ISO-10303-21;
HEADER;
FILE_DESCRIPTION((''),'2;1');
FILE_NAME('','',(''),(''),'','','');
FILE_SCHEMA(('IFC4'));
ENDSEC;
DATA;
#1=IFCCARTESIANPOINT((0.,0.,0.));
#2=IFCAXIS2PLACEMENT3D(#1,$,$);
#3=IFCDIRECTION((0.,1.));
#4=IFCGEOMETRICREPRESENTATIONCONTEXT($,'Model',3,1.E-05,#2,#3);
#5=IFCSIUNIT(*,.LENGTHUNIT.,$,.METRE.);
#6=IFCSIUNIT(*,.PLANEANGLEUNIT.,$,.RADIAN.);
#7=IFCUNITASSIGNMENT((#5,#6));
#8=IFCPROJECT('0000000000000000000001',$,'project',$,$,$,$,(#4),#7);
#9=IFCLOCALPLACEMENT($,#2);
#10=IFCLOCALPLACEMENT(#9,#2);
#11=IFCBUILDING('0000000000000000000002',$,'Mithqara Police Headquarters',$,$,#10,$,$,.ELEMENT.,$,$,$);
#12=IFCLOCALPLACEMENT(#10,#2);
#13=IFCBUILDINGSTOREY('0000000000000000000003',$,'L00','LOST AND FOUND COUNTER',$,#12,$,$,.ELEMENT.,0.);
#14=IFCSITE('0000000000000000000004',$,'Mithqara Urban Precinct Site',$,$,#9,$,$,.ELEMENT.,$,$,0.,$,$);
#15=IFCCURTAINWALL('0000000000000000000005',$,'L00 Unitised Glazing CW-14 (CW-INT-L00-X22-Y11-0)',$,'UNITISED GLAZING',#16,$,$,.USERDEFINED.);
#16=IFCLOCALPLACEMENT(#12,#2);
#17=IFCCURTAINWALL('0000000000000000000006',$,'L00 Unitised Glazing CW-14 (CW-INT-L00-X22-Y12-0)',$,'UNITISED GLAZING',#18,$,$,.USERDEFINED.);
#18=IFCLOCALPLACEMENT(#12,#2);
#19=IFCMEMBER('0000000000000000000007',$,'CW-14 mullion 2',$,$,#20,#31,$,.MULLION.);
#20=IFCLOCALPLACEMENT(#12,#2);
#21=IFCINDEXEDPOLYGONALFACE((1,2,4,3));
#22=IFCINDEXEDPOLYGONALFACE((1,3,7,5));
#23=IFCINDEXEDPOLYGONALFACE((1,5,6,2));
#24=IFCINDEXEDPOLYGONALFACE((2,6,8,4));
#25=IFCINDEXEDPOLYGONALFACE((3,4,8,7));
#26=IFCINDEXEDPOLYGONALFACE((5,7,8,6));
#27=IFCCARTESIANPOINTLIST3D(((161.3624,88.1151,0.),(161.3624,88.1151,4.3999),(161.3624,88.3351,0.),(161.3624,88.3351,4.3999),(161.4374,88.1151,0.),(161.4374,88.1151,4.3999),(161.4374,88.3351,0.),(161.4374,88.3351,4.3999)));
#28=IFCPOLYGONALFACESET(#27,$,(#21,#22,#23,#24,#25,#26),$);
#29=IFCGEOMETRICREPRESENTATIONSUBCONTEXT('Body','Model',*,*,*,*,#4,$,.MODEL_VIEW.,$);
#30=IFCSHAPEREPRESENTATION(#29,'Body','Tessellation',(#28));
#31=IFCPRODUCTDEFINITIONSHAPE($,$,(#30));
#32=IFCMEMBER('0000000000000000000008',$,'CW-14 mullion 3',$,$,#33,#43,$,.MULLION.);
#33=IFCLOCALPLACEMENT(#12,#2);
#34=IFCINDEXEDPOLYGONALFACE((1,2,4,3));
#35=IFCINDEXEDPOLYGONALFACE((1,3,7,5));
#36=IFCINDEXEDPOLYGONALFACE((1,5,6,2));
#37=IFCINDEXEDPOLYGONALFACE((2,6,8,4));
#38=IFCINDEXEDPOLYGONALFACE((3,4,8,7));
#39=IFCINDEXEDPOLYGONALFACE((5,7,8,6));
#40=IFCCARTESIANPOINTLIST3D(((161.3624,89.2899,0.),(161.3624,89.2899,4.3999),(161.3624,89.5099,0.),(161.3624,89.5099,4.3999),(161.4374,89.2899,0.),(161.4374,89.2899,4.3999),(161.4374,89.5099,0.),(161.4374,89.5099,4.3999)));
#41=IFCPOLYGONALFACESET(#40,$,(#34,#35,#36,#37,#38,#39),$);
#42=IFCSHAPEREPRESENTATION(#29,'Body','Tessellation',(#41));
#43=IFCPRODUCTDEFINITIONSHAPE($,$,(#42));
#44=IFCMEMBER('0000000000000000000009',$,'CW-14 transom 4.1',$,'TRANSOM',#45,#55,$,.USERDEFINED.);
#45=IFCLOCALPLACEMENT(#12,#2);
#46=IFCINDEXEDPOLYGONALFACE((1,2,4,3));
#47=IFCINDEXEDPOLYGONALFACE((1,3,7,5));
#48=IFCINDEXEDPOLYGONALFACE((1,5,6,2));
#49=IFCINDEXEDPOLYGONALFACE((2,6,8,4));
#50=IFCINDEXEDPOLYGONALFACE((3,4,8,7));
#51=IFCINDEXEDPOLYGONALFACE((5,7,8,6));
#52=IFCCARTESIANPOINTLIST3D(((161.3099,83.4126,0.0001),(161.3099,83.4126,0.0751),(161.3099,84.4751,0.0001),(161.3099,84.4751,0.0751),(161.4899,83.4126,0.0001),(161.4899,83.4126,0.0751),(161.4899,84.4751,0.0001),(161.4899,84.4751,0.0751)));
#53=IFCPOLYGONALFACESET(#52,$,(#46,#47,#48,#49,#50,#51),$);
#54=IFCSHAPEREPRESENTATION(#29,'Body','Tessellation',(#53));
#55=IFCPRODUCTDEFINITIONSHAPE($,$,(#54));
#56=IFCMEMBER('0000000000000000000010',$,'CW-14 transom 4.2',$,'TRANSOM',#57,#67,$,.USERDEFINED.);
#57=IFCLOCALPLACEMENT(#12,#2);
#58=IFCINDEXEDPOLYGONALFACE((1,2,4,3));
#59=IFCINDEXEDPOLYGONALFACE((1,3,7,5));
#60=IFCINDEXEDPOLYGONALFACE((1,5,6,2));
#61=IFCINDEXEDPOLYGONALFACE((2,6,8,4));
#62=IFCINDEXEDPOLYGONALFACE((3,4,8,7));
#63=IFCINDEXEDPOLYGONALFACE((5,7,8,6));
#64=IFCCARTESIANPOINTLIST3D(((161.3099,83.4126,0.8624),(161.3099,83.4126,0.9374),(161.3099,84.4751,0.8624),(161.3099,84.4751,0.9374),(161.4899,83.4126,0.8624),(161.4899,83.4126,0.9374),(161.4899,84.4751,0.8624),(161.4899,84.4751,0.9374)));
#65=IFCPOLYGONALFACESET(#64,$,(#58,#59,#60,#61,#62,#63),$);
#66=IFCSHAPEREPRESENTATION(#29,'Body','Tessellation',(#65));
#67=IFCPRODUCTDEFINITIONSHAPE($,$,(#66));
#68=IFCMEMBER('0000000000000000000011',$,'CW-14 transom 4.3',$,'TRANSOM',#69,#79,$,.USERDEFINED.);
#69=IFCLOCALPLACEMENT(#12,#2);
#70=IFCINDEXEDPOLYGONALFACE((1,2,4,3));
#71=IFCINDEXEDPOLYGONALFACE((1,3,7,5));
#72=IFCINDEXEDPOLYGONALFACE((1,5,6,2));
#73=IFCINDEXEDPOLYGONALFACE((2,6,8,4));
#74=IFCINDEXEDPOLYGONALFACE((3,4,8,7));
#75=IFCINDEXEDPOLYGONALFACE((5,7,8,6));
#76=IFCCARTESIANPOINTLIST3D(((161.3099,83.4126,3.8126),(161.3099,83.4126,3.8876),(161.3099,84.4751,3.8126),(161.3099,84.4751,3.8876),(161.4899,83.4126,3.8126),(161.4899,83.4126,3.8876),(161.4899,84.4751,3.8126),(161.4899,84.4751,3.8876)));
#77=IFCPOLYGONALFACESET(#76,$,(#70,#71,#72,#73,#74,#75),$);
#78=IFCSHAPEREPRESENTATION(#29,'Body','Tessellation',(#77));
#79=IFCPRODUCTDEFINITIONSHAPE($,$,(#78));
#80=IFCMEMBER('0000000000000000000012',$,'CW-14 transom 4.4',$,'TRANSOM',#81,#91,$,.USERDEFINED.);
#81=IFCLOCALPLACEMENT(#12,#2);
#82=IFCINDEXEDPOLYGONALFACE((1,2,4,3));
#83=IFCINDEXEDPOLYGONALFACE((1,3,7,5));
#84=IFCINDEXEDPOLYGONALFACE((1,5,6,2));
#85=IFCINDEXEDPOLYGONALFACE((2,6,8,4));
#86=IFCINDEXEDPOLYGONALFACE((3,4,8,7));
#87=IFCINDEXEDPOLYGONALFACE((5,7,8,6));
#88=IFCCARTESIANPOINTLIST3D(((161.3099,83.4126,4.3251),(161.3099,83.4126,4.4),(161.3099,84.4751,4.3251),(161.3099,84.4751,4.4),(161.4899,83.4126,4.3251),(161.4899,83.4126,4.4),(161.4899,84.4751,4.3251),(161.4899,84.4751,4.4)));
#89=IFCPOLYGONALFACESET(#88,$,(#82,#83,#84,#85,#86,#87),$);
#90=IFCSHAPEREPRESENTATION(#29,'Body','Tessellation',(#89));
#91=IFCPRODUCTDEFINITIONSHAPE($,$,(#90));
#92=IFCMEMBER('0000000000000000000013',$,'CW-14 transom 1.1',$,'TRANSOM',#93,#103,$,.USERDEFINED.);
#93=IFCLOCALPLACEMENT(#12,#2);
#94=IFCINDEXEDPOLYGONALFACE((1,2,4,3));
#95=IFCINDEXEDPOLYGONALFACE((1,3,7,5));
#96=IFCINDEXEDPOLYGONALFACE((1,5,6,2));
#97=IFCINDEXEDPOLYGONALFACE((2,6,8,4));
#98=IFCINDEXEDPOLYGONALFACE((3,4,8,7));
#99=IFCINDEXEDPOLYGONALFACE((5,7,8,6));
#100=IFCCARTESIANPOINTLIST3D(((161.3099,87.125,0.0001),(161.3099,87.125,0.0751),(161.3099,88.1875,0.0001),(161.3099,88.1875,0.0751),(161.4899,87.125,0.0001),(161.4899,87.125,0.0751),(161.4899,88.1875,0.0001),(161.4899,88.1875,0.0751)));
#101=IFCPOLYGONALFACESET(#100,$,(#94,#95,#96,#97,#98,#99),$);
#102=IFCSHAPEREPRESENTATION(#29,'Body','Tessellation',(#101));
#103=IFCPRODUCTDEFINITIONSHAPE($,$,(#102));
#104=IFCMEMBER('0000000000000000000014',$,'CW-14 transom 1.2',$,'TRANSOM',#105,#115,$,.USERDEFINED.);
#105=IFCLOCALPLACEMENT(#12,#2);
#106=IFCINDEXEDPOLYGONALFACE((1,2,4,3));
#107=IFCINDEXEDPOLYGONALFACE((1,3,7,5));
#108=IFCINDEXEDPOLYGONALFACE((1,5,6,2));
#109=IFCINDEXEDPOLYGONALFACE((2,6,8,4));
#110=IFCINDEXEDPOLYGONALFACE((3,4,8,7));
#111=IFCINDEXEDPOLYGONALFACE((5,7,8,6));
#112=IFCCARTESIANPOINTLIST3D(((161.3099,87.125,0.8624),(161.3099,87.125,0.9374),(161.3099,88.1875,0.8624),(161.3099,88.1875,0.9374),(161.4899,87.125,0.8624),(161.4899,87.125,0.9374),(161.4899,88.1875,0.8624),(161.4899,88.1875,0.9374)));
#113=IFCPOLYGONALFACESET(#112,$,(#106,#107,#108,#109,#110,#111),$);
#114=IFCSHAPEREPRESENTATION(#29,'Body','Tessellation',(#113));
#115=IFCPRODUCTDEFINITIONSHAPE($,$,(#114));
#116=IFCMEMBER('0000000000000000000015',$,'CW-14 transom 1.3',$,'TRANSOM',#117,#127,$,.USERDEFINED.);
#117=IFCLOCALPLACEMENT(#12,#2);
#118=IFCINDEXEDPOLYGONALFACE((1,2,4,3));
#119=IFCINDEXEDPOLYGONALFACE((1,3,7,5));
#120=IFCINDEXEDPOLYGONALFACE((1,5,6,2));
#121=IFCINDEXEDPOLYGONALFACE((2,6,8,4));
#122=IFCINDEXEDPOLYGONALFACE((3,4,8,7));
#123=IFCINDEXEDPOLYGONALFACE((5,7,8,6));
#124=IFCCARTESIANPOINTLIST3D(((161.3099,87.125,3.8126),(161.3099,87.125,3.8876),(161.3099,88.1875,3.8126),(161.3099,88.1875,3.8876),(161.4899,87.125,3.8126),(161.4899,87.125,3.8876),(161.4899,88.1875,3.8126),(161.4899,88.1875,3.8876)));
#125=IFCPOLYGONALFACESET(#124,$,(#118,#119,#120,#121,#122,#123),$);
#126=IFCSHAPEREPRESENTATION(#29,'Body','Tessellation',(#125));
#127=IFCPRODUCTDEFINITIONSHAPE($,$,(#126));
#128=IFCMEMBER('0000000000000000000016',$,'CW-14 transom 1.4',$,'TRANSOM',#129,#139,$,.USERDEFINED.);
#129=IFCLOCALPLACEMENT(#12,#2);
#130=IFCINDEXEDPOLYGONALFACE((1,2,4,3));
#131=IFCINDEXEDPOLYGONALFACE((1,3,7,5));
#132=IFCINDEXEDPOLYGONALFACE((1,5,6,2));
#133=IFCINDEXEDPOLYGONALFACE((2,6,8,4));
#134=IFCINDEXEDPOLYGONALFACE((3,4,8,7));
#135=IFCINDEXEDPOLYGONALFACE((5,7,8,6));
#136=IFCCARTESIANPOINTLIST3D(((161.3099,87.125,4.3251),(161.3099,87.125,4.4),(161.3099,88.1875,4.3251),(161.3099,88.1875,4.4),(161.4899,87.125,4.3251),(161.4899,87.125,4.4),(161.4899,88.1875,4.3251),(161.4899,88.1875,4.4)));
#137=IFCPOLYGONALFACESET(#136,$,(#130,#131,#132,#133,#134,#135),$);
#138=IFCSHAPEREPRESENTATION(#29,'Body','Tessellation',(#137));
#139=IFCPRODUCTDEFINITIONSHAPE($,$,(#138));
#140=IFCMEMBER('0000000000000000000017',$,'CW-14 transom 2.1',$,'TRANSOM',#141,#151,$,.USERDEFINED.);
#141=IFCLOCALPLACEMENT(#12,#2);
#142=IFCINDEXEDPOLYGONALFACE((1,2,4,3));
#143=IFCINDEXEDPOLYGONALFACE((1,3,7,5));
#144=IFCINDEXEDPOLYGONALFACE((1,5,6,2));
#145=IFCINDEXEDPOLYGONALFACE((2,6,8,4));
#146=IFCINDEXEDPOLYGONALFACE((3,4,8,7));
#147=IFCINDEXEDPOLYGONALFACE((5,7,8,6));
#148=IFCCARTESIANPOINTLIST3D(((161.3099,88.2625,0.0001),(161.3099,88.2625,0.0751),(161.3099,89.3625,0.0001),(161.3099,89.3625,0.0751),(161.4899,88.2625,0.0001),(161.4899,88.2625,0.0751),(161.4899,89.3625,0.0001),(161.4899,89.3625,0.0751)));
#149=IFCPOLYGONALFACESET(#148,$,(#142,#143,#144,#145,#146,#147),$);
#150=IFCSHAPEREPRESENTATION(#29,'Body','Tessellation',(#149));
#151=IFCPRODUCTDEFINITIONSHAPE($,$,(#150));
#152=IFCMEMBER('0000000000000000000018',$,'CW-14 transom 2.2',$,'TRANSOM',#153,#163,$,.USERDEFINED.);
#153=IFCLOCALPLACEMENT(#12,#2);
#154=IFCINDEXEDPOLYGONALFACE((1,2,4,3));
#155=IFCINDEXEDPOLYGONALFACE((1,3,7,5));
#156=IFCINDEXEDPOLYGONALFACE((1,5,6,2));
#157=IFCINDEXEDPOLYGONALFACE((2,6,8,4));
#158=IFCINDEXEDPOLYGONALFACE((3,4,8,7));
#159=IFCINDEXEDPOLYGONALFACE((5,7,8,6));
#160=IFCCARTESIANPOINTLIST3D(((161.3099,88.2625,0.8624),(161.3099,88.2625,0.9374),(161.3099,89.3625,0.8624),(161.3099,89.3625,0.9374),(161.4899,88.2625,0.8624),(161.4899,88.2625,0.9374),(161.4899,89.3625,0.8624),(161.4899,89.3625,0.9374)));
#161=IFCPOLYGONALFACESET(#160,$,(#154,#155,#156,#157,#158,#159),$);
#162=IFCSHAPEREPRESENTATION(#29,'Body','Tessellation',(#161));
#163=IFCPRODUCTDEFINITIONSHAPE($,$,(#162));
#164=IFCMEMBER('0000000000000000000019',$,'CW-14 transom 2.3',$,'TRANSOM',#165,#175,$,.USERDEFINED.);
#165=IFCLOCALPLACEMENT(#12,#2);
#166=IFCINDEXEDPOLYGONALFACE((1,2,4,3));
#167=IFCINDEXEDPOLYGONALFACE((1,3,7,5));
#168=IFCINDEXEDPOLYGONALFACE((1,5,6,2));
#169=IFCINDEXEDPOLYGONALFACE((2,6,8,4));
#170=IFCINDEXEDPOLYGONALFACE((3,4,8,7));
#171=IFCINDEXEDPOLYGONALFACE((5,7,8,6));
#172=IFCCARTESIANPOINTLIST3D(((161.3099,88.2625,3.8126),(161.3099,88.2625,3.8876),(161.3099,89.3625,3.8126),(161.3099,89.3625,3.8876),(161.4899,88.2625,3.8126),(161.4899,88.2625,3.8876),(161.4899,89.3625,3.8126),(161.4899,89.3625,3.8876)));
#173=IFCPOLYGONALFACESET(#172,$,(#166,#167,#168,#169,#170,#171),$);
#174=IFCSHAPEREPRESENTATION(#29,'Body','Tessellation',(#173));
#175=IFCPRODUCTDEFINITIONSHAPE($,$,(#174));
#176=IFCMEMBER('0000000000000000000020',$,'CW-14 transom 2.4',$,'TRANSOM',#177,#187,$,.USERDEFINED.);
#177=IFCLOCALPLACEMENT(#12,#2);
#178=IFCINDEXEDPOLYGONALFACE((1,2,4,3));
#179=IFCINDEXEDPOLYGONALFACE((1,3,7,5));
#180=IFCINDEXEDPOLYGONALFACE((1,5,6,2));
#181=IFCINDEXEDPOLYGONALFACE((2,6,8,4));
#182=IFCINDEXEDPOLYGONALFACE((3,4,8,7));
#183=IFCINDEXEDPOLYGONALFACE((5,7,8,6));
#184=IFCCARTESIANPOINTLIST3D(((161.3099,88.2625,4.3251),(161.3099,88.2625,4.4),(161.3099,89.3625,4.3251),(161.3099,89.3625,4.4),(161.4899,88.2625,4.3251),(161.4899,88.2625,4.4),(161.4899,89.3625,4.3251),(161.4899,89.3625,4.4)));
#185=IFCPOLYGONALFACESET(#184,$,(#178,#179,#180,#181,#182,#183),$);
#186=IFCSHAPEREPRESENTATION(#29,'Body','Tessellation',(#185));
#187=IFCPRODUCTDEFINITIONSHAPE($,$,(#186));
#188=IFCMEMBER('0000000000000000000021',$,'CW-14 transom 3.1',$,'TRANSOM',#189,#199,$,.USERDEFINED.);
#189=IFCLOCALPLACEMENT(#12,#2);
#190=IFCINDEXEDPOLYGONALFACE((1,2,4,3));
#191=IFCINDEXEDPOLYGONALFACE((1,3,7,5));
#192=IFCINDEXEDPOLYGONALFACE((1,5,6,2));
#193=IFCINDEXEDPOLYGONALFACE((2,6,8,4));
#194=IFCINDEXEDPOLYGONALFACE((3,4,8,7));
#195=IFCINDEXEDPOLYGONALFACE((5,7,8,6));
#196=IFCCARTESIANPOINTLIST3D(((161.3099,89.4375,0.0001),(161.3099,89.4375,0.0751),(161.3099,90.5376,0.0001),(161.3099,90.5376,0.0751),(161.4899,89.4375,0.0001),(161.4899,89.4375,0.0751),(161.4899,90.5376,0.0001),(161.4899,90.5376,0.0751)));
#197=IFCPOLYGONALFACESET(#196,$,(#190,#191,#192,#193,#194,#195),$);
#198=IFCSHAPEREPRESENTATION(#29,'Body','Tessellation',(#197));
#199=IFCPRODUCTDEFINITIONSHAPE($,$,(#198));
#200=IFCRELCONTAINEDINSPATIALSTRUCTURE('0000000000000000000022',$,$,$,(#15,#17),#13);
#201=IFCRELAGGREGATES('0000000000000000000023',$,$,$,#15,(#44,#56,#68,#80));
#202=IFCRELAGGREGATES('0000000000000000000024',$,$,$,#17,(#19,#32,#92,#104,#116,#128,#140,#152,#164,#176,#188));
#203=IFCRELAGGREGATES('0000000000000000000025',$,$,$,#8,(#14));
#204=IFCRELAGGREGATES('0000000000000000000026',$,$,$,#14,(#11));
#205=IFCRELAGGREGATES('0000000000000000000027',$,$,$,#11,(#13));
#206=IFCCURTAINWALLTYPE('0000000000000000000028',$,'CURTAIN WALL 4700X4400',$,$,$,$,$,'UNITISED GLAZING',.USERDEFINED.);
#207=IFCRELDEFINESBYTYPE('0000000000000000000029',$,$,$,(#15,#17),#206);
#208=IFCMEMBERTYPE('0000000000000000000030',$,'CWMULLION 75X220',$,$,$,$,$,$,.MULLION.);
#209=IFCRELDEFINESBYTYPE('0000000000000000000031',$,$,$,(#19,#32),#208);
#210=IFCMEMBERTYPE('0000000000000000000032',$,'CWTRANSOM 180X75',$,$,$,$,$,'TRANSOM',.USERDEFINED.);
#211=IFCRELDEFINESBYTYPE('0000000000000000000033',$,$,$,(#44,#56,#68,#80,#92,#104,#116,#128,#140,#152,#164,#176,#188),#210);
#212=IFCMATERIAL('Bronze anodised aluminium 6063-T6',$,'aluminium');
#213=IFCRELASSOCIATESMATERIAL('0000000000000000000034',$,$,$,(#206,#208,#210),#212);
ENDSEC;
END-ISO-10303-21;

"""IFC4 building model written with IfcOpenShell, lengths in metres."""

from ifc_helpers import new_model, si_unit, direction, frame, origin, origin_2d, place, context, subcontext, project, spatial, rectangle, extrude, material, material_profile, profile_set, type_object, element, aggregate, save


model = new_model("IFC4")

# Units and contexts
model_context = context("Model", 3, precision=1e-05, world=origin(), true_north=direction((0.0, 1.0)))
body_context = subcontext(model_context, "Body", "Model", "MODEL_VIEW")
ifc_project = project(units=[si_unit("LENGTHUNIT", "METRE"), si_unit("PLANEANGLEUNIT", "RADIAN")], contexts=[model_context])

# Site, building, storey
site_placement = place(None, origin())
site = spatial("IfcSite", under=ifc_project, at=site_placement, Name="Mithqara Urban Precinct Site", CompositionType="ELEMENT", RefElevation=0.0)
building_placement = place(site_placement, origin())
building = spatial("IfcBuilding", under=site, at=building_placement, Name="Mithqara Police Headquarters", CompositionType="ELEMENT")
storey_placement = place(building_placement, origin())
storey = spatial("IfcBuildingStorey", under=building, at=storey_placement, Name="L00", Description="LOST AND FOUND COUNTER", CompositionType="ELEMENT", Elevation=0.0)

# Curtain walls, members
ifc_material_1 = material(Name="Bronze anodised aluminium 6063-T6", Category="aluminium")
curtain_wall_type = type_object("IfcCurtainWallType", Name="CURTAIN WALL 4700X4400", ElementType="UNITISED GLAZING", PredefinedType="USERDEFINED", material=ifc_material_1)
curtain_wall_1_placement = place(storey_placement, origin())
curtain_wall_1 = element("IfcCurtainWall", 1, at=curtain_wall_1_placement, inside=storey, type_object=curtain_wall_type, Name="L00 Unitised Glazing CW-14 (CW-INT-L00-X22-Y11-0)", ObjectType="UNITISED GLAZING", PredefinedType="USERDEFINED")
ifc_material_profile_1 = material_profile(ifc_material_1, rectangle(XDim=0.075, YDim=0.22, at=origin_2d()), Name="CWM 75x220")
ifc_profile_set_1 = profile_set([ifc_material_profile_1], Name="Bronze anodised aluminium 6063-T6")
member_type_1 = type_object("IfcMemberType", Name="CWMULLION 75X220", PredefinedType="MULLION", material=ifc_profile_set_1)
curtain_wall_2_placement = place(storey_placement, origin())
curtain_wall_2 = element("IfcCurtainWall", 2, at=curtain_wall_2_placement, inside=storey, type_object=curtain_wall_type, Name="L00 Unitised Glazing CW-14 (CW-INT-L00-X22-Y12-0)", ObjectType="UNITISED GLAZING", PredefinedType="USERDEFINED")
member_1_placement = place(storey_placement, frame((161.3999, 88.2251, 0.0), z_axis=(0.0, 0.0, 1.0), x_axis=(-1.0, 0.0, 0.0)))
member_1 = element("IfcMember", 3, at=member_1_placement, type_object=member_type_1, Name="CW-14 mullion 2", PredefinedType="MULLION", context=body_context, shape_type="SweptSolid", body=[
    extrude(rectangle(XDim=0.075, YDim=0.22, at=origin_2d()), origin(), (0.0, 0.0, 1.0), 4.3999),
])
member_2_placement = place(storey_placement, frame((161.3999, 89.3999, 0.0), z_axis=(0.0, 0.0, 1.0), x_axis=(-1.0, 0.0, 0.0)))
member_2 = element("IfcMember", 4, at=member_2_placement, type_object=member_type_1, Name="CW-14 mullion 3", PredefinedType="MULLION", context=body_context, shape_type="SweptSolid", body=[
    extrude(rectangle(XDim=0.075, YDim=0.22, at=origin_2d()), origin(), (0.0, 0.0, 1.0), 4.3999),
])

# Members
ifc_material_profile_2 = material_profile(ifc_material_1, rectangle(XDim=0.1799, YDim=0.075, at=origin_2d()), Name="CWT 180x75")
ifc_profile_set_2 = profile_set([ifc_material_profile_2], Name="Bronze anodised aluminium 6063-T6")
member_type_2 = type_object("IfcMemberType", Name="CWTRANSOM 180X75", ElementType="TRANSOM", PredefinedType="USERDEFINED", material=ifc_profile_set_2)
member_3_placement = place(storey_placement, frame((161.3999, 83.4126, 0.0376), z_axis=(0.0, 1.0, 0.0), x_axis=(-1.0, 0.0, 0.0)))
member_3 = element("IfcMember", 5, at=member_3_placement, type_object=member_type_2, Name="CW-14 transom 4.1", ObjectType="TRANSOM", PredefinedType="USERDEFINED", context=body_context, shape_type="SweptSolid", body=[
    extrude(rectangle(XDim=0.1799, YDim=0.075, at=origin_2d()), origin(), (0.0, 0.0, 1.0), 1.0625),
])
member_4_placement = place(storey_placement, frame((161.3999, 83.4126, 0.8999), z_axis=(0.0, 1.0, 0.0), x_axis=(-1.0, 0.0, 0.0)))
member_4 = element("IfcMember", 6, at=member_4_placement, type_object=member_type_2, Name="CW-14 transom 4.2", ObjectType="TRANSOM", PredefinedType="USERDEFINED", context=body_context, shape_type="SweptSolid", body=[
    extrude(rectangle(XDim=0.1799, YDim=0.075, at=origin_2d()), origin(), (0.0, 0.0, 1.0), 1.0625),
])
member_5_placement = place(storey_placement, frame((161.3999, 83.4126, 3.8501), z_axis=(0.0, 1.0, 0.0), x_axis=(-1.0, 0.0, 0.0)))
member_5 = element("IfcMember", 7, at=member_5_placement, type_object=member_type_2, Name="CW-14 transom 4.3", ObjectType="TRANSOM", PredefinedType="USERDEFINED", context=body_context, shape_type="SweptSolid", body=[
    extrude(rectangle(XDim=0.1799, YDim=0.075, at=origin_2d()), origin(), (0.0, 0.0, 1.0), 1.0625),
])
member_6_placement = place(storey_placement, frame((161.3999, 83.4126, 4.3625), z_axis=(0.0, 1.0, 0.0), x_axis=(-1.0, 0.0, 0.0)))
member_6 = element("IfcMember", 8, at=member_6_placement, type_object=member_type_2, Name="CW-14 transom 4.4", ObjectType="TRANSOM", PredefinedType="USERDEFINED", context=body_context, shape_type="SweptSolid", body=[
    extrude(rectangle(XDim=0.1799, YDim=0.075, at=origin_2d()), origin(), (0.0, 0.0, 1.0), 1.0625),
])
member_7_placement = place(storey_placement, frame((161.3999, 87.125, 0.0376), z_axis=(0.0, 1.0, 0.0), x_axis=(-1.0, 0.0, 0.0)))
member_7 = element("IfcMember", 9, at=member_7_placement, type_object=member_type_2, Name="CW-14 transom 1.1", ObjectType="TRANSOM", PredefinedType="USERDEFINED", context=body_context, shape_type="SweptSolid", body=[
    extrude(rectangle(XDim=0.1799, YDim=0.075, at=origin_2d()), origin(), (0.0, 0.0, 1.0), 1.0625),
])
member_8_placement = place(storey_placement, frame((161.3999, 87.125, 0.8999), z_axis=(0.0, 1.0, 0.0), x_axis=(-1.0, 0.0, 0.0)))
member_8 = element("IfcMember", 10, at=member_8_placement, type_object=member_type_2, Name="CW-14 transom 1.2", ObjectType="TRANSOM", PredefinedType="USERDEFINED", context=body_context, shape_type="SweptSolid", body=[
    extrude(rectangle(XDim=0.1799, YDim=0.075, at=origin_2d()), origin(), (0.0, 0.0, 1.0), 1.0625),
])
member_9_placement = place(storey_placement, frame((161.3999, 87.125, 3.8501), z_axis=(0.0, 1.0, 0.0), x_axis=(-1.0, 0.0, 0.0)))
member_9 = element("IfcMember", 11, at=member_9_placement, type_object=member_type_2, Name="CW-14 transom 1.3", ObjectType="TRANSOM", PredefinedType="USERDEFINED", context=body_context, shape_type="SweptSolid", body=[
    extrude(rectangle(XDim=0.1799, YDim=0.075, at=origin_2d()), origin(), (0.0, 0.0, 1.0), 1.0625),
])
member_10_placement = place(storey_placement, frame((161.3999, 87.125, 4.3625), z_axis=(0.0, 1.0, 0.0), x_axis=(-1.0, 0.0, 0.0)))
member_10 = element("IfcMember", 12, at=member_10_placement, type_object=member_type_2, Name="CW-14 transom 1.4", ObjectType="TRANSOM", PredefinedType="USERDEFINED", context=body_context, shape_type="SweptSolid", body=[
    extrude(rectangle(XDim=0.1799, YDim=0.075, at=origin_2d()), origin(), (0.0, 0.0, 1.0), 1.0625),
])
member_11_placement = place(storey_placement, frame((161.3999, 88.2625, 0.0376), z_axis=(0.0, 1.0, 0.0), x_axis=(-1.0, 0.0, 0.0)))
member_11 = element("IfcMember", 13, at=member_11_placement, type_object=member_type_2, Name="CW-14 transom 2.1", ObjectType="TRANSOM", PredefinedType="USERDEFINED", context=body_context, shape_type="SweptSolid", body=[
    extrude(rectangle(XDim=0.1799, YDim=0.075, at=origin_2d()), origin(), (0.0, 0.0, 1.0), 1.1001),
])
member_12_placement = place(storey_placement, frame((161.3999, 88.2625, 0.8999), z_axis=(0.0, 1.0, 0.0), x_axis=(-1.0, 0.0, 0.0)))
member_12 = element("IfcMember", 14, at=member_12_placement, type_object=member_type_2, Name="CW-14 transom 2.2", ObjectType="TRANSOM", PredefinedType="USERDEFINED", context=body_context, shape_type="SweptSolid", body=[
    extrude(rectangle(XDim=0.1799, YDim=0.075, at=origin_2d()), origin(), (0.0, 0.0, 1.0), 1.1001),
])
member_13_placement = place(storey_placement, frame((161.3999, 88.2625, 3.8501), z_axis=(0.0, 1.0, 0.0), x_axis=(-1.0, 0.0, 0.0)))
member_13 = element("IfcMember", 15, at=member_13_placement, type_object=member_type_2, Name="CW-14 transom 2.3", ObjectType="TRANSOM", PredefinedType="USERDEFINED", context=body_context, shape_type="SweptSolid", body=[
    extrude(rectangle(XDim=0.1799, YDim=0.075, at=origin_2d()), origin(), (0.0, 0.0, 1.0), 1.1001),
])
member_14_placement = place(storey_placement, frame((161.3999, 88.2625, 4.3625), z_axis=(0.0, 1.0, 0.0), x_axis=(-1.0, 0.0, 0.0)))
member_14 = element("IfcMember", 16, at=member_14_placement, type_object=member_type_2, Name="CW-14 transom 2.4", ObjectType="TRANSOM", PredefinedType="USERDEFINED", context=body_context, shape_type="SweptSolid", body=[
    extrude(rectangle(XDim=0.1799, YDim=0.075, at=origin_2d()), origin(), (0.0, 0.0, 1.0), 1.1001),
])
member_15_placement = place(storey_placement, frame((161.3999, 89.4375, 0.0376), z_axis=(0.0, 1.0, 0.0), x_axis=(-1.0, 0.0, 0.0)))
member_15 = element("IfcMember", 17, at=member_15_placement, type_object=member_type_2, Name="CW-14 transom 3.1", ObjectType="TRANSOM", PredefinedType="USERDEFINED", context=body_context, shape_type="SweptSolid", body=[
    extrude(rectangle(XDim=0.1799, YDim=0.075, at=origin_2d()), origin(), (0.0, 0.0, 1.0), 1.1001),
])

aggregate(curtain_wall_1, [member_3, member_4, member_5, member_6])
aggregate(curtain_wall_2, [member_1, member_2, member_7, member_8, member_9, member_10, member_11, member_12, member_13, member_14, member_15])

save(model, "model.ifc")
